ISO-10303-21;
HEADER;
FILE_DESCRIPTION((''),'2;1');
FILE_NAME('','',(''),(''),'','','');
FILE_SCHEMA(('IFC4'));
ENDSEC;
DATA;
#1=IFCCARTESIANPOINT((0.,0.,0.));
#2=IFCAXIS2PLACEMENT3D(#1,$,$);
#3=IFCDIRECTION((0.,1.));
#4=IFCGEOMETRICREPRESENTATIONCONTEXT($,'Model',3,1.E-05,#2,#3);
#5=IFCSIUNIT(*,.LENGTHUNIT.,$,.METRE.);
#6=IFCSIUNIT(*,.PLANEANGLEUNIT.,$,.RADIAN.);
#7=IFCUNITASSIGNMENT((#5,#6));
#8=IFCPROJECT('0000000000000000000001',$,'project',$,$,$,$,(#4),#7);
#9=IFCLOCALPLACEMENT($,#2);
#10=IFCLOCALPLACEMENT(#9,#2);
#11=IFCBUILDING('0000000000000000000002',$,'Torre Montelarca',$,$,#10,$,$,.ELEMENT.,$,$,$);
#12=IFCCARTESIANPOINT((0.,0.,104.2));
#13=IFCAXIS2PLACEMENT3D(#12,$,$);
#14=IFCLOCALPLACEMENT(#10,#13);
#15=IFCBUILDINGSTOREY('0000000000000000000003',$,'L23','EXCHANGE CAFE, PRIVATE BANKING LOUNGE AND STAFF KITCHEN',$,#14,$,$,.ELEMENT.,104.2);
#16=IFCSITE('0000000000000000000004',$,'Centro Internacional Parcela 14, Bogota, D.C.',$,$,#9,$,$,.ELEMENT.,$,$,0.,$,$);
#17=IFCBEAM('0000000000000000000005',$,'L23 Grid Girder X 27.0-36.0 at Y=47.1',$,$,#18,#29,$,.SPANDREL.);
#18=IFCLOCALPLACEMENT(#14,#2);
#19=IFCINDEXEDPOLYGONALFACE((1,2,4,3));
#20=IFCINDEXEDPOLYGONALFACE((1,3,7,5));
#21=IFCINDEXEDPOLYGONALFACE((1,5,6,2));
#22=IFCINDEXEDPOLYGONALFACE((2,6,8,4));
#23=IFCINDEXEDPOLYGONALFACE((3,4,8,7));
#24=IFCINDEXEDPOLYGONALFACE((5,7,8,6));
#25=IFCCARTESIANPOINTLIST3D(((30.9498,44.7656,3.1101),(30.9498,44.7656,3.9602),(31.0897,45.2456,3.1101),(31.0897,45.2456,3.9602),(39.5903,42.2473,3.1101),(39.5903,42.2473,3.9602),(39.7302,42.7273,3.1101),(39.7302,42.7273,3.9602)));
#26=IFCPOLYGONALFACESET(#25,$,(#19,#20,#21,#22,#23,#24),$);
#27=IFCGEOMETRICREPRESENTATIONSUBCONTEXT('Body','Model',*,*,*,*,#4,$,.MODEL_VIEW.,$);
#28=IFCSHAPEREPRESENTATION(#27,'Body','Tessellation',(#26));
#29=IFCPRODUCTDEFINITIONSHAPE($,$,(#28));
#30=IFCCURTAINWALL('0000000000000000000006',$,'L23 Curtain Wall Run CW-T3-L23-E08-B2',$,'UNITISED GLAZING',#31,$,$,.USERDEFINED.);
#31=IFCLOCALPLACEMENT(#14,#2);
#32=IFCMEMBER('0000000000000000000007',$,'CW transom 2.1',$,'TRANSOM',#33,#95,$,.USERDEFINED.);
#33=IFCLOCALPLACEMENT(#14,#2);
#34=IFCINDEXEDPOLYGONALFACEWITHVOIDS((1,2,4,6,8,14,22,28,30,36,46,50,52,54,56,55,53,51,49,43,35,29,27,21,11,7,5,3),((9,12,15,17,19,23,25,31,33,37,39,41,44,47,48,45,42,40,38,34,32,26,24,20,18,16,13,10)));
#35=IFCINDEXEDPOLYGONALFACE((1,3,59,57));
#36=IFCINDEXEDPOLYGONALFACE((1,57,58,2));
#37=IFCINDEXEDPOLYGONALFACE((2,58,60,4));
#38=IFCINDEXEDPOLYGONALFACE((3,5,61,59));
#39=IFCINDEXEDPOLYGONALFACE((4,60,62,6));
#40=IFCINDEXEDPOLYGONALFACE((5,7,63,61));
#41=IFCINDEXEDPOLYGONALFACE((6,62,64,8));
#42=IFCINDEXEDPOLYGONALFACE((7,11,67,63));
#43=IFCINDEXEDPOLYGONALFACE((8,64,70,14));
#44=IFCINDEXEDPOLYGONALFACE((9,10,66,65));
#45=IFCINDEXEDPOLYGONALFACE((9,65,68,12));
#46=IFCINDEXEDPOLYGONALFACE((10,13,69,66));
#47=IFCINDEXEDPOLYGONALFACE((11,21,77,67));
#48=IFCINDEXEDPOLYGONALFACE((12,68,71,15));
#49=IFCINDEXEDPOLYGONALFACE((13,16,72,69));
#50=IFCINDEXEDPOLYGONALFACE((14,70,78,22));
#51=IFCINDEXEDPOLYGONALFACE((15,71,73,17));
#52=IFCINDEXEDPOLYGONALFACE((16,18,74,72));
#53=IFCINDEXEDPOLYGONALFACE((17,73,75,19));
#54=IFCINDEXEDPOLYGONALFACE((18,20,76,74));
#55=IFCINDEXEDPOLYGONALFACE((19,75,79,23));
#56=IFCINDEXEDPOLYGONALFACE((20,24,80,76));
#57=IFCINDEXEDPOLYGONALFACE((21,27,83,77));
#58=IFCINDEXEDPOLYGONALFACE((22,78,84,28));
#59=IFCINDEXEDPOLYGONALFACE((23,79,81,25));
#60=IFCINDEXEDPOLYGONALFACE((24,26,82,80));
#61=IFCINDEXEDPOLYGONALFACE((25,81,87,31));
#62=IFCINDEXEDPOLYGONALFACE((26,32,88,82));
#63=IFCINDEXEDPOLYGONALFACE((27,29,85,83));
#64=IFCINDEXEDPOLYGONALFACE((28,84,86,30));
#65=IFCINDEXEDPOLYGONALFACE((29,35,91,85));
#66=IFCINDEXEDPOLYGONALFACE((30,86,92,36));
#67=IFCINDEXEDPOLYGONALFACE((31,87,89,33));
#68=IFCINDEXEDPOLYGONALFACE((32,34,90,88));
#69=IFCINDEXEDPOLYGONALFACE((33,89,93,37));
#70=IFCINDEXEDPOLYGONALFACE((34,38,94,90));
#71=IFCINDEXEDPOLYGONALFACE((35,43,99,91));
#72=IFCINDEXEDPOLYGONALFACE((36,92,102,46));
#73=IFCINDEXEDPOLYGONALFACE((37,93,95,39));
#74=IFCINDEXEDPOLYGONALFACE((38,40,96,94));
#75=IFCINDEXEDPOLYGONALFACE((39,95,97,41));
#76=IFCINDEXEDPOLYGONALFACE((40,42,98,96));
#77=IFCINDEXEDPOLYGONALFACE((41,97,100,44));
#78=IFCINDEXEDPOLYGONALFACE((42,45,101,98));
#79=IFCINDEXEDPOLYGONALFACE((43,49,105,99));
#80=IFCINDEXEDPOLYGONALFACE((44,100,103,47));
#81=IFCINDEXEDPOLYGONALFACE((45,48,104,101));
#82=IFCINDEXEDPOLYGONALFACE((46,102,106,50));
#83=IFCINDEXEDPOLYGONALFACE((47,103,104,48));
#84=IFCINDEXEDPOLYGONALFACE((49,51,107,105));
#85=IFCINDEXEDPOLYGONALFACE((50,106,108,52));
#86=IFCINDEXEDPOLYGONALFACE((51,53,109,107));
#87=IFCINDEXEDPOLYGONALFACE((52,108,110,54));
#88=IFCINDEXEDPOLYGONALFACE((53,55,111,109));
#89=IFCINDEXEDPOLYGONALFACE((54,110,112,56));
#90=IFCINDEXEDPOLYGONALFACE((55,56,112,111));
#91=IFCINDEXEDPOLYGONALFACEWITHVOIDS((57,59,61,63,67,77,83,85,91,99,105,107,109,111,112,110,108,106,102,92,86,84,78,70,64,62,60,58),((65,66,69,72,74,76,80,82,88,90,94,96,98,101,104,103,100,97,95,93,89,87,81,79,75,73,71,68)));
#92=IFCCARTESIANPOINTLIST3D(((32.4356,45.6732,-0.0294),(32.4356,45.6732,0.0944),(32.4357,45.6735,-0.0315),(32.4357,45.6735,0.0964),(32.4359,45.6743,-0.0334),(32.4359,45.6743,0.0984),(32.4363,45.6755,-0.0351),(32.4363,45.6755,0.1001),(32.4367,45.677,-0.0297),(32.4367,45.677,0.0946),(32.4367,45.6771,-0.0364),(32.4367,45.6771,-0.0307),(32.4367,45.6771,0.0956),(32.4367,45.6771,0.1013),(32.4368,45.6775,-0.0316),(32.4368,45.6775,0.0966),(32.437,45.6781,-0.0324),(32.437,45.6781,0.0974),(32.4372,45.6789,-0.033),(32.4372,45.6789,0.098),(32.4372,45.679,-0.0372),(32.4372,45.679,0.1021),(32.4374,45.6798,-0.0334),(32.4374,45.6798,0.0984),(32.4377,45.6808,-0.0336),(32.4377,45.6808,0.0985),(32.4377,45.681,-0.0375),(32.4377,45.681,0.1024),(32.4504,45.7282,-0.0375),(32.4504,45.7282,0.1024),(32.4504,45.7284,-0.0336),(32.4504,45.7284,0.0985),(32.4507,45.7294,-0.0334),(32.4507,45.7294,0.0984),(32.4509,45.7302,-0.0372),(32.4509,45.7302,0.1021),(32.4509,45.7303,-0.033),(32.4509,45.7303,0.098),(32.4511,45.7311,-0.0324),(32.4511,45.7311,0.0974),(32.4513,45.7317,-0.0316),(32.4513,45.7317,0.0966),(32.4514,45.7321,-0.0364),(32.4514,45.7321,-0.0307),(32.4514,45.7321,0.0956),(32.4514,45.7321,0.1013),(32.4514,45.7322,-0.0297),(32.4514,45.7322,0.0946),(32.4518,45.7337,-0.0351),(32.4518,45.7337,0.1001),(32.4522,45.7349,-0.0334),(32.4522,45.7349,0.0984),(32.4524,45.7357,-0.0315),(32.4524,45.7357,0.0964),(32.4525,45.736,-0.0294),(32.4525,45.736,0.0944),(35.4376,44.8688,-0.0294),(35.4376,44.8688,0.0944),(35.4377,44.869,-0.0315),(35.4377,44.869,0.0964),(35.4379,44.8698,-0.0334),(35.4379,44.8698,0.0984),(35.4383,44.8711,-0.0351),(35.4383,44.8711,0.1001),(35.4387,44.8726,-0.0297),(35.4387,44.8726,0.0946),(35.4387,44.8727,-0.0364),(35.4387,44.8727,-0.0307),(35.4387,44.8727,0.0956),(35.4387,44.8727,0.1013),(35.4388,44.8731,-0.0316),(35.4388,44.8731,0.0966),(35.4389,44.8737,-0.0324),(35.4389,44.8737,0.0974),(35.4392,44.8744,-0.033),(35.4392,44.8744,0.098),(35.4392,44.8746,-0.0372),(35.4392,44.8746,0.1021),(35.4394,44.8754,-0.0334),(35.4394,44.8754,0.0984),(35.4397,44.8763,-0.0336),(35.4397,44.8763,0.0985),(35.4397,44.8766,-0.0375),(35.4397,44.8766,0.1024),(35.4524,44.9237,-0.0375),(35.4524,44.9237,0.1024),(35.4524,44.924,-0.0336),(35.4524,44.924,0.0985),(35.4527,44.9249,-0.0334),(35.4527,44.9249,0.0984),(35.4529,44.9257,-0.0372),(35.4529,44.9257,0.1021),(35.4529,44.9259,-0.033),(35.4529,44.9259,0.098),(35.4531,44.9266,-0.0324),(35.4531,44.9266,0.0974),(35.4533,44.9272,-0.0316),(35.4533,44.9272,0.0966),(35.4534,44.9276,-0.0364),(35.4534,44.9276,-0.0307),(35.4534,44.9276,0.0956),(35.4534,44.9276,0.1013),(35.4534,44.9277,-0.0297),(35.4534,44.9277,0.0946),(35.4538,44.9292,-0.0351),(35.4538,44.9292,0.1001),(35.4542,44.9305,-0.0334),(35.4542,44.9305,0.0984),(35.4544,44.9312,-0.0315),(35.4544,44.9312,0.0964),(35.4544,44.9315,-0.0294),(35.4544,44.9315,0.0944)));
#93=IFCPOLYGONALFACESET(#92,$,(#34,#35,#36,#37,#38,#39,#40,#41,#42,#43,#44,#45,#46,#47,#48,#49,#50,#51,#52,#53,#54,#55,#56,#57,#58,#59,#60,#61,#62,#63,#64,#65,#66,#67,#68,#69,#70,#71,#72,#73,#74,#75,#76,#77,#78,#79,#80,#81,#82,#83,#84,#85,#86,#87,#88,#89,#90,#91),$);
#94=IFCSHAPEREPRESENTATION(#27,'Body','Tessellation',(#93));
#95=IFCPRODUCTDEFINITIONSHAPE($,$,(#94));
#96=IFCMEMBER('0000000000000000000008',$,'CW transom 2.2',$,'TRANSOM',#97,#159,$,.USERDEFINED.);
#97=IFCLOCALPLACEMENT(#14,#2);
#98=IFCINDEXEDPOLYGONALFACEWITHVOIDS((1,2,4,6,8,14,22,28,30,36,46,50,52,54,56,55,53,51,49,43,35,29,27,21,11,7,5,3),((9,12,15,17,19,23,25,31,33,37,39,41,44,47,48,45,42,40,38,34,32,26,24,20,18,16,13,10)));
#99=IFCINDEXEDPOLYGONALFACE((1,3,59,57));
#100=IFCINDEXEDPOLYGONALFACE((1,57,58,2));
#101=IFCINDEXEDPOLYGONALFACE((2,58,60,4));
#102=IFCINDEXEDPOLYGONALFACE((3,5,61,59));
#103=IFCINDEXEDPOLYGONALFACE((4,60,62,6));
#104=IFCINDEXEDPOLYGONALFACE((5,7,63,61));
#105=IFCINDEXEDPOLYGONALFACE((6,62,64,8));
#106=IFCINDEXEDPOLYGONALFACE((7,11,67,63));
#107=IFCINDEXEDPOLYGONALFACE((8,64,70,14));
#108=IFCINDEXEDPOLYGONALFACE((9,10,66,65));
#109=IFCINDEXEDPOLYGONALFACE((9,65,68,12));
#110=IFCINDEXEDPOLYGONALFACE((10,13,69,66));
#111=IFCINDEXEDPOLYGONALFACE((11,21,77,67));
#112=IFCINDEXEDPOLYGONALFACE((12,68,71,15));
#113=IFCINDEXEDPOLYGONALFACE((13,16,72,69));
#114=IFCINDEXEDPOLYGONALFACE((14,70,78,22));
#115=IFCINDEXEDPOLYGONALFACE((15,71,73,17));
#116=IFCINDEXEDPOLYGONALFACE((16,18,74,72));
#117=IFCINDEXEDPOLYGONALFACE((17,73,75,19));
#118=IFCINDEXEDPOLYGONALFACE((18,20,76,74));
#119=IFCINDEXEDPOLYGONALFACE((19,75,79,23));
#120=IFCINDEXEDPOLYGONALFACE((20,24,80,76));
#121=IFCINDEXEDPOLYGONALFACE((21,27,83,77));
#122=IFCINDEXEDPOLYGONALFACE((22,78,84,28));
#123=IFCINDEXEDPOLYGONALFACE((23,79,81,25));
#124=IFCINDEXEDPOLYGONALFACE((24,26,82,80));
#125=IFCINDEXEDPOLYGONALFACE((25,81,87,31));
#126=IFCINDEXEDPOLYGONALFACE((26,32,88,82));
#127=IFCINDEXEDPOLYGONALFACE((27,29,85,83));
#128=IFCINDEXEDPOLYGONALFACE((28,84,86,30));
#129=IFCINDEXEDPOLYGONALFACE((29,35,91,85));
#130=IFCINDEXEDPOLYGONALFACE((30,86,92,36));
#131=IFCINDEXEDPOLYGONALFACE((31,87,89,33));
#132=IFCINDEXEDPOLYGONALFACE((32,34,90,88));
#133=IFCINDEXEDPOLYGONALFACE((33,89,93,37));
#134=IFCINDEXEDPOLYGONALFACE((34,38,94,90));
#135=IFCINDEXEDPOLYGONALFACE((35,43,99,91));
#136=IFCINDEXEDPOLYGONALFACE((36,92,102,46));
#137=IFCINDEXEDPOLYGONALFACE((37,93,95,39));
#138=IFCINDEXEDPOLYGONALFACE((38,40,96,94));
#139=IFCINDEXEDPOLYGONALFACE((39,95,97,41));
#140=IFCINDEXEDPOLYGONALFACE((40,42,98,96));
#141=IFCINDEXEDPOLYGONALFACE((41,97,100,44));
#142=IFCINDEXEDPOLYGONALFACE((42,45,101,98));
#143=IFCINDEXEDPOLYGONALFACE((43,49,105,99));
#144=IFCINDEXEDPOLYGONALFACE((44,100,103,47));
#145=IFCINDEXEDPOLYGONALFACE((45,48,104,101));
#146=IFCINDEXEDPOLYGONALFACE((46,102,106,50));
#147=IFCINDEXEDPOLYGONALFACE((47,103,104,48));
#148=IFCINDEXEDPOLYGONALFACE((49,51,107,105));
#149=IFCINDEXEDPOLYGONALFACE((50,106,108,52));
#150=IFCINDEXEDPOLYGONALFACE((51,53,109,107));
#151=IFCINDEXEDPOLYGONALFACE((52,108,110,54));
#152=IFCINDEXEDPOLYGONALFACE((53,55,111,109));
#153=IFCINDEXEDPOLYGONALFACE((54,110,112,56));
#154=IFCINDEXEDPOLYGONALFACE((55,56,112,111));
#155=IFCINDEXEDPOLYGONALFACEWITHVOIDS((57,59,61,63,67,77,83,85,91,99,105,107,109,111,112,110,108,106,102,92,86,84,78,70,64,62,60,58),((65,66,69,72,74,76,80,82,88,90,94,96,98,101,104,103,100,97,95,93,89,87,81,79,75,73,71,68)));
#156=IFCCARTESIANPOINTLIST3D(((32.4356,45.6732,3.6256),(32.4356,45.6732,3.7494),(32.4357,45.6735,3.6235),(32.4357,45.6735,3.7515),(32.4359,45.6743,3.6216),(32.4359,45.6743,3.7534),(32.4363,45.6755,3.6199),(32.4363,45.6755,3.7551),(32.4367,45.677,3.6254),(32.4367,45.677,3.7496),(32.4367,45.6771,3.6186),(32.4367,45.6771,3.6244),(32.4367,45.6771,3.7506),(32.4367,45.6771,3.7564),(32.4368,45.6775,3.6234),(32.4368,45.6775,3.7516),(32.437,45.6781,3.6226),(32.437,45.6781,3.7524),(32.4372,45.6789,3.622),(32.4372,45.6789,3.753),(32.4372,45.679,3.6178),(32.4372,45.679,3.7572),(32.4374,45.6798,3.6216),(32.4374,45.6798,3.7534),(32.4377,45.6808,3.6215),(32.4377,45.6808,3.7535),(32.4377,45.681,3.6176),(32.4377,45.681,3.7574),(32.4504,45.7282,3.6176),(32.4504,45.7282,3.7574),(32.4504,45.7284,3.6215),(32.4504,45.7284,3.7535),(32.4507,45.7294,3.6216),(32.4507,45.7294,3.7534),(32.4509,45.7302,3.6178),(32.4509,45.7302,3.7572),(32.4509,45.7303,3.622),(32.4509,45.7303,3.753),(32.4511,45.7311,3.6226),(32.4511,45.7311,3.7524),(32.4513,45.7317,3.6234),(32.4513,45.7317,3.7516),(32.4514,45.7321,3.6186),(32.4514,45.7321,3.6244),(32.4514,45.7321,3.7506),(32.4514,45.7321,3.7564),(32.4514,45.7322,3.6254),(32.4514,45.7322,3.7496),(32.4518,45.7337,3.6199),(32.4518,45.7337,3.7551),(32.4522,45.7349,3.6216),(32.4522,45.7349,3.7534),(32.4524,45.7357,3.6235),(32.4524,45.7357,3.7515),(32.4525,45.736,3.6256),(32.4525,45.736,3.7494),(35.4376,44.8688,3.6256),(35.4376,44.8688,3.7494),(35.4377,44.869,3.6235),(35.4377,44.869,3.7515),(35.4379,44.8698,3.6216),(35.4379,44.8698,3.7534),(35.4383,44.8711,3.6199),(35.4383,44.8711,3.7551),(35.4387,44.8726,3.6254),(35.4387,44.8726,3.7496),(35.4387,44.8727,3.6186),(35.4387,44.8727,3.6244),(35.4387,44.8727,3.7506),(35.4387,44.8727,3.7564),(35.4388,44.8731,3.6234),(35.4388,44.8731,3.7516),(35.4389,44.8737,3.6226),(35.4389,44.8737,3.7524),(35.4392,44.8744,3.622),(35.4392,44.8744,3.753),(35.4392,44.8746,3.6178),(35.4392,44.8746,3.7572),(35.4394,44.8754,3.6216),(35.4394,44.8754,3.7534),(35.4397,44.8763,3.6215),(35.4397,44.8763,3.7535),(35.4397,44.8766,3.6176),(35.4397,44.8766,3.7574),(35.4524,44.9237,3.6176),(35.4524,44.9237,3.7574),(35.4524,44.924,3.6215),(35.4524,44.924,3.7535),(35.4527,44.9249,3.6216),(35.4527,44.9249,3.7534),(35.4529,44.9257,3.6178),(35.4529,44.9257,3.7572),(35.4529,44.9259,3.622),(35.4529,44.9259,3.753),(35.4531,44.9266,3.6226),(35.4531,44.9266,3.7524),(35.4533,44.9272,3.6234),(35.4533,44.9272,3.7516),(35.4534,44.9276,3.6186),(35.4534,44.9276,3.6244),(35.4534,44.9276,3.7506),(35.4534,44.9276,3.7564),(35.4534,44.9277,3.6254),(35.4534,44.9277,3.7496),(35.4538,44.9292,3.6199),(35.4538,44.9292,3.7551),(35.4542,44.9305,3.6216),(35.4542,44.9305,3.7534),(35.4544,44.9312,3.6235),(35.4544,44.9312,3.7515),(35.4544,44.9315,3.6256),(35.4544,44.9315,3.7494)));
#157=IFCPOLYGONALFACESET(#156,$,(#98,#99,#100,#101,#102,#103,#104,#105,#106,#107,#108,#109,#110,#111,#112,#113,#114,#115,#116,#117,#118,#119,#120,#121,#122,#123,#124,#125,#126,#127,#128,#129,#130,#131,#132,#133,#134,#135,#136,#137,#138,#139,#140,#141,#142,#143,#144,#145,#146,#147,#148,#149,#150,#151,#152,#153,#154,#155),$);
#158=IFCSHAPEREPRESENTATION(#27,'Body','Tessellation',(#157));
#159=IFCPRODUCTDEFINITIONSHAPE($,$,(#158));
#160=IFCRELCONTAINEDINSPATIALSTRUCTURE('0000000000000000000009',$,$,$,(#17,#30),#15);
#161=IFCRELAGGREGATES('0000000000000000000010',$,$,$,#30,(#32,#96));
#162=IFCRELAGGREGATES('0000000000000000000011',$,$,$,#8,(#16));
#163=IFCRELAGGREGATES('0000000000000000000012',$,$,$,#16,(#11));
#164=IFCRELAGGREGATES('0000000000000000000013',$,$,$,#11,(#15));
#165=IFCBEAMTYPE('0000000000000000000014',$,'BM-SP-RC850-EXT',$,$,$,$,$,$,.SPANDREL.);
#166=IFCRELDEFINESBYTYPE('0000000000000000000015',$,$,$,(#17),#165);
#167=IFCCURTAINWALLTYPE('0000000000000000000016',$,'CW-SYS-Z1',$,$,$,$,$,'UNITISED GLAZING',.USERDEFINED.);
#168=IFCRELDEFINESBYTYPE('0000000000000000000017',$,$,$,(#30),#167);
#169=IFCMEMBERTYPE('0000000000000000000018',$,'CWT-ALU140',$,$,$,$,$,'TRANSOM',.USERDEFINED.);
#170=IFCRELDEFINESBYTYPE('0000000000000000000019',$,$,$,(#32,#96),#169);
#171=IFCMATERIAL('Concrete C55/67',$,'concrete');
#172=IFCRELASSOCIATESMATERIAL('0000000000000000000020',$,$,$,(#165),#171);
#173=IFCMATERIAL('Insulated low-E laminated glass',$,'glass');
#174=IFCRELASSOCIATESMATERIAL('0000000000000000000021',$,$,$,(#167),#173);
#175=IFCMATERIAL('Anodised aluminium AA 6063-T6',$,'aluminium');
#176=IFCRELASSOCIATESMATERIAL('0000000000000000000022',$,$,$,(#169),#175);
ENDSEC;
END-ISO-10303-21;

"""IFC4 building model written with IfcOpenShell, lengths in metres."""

from ifc_helpers import new_model, si_unit, direction, frame, origin, origin_2d, place, context, subcontext, project, spatial, rectangle, hollow_rectangle, extrude, source, transform, mapped, material, material_profile, profile_set, type_object, element, aggregate, save


model = new_model("IFC4")

# Units and contexts
model_context = context("Model", 3, precision=1e-05, world=origin(), true_north=direction((0.0, 1.0)))
body_context = subcontext(model_context, "Body", "Model", "MODEL_VIEW")
ifc_project = project(units=[si_unit("LENGTHUNIT", "METRE"), si_unit("PLANEANGLEUNIT", "RADIAN")], contexts=[model_context])

# Site, building, storey
site_placement = place(None, origin())
site = spatial("IfcSite", under=ifc_project, at=site_placement, Name="Centro Internacional Parcela 14, Bogota, D.C.", CompositionType="ELEMENT", RefElevation=0.0)
building_placement = place(site_placement, origin())
building = spatial("IfcBuilding", under=site, at=building_placement, Name="Torre Montelarca", CompositionType="ELEMENT")
storey_placement = place(building_placement, frame((0.0, 0.0, 104.2)))
storey = spatial("IfcBuildingStorey", under=building, at=storey_placement, Name="L23", Description="EXCHANGE CAFE, PRIVATE BANKING LOUNGE AND STAFF KITCHEN", CompositionType="ELEMENT", Elevation=104.2)

# Beam
ifc_material_1 = material(Name="Concrete C55/67", Category="concrete")
ifc_material_profile_1 = material_profile(ifc_material_1, rectangle(XDim=0.5, YDim=0.8501, at=origin_2d()), Name="RCB500X850", Category="concrete")
ifc_profile_set_1 = profile_set([ifc_material_profile_1], Name="Concrete C55/67")
beam_type = type_object("IfcBeamType", Name="BM-SP-RC850-EXT", PredefinedType="SPANDREL", material=ifc_profile_set_1)
shared_shape_1 = source(origin(), body_context, "Body", "SweptSolid", [
    extrude(rectangle(XDim=0.5, YDim=0.8501, at=origin_2d()), origin(), (0.0, 0.0, 1.0), 9.0),
])
beam_placement = place(storey_placement, frame((31.0198, 45.0056, 3.5352), z_axis=(0.960054, -0.279816, 0.0), x_axis=(0.279816, 0.960054, 0.0)))
element("IfcBeam", 1, at=beam_placement, inside=storey, type_object=beam_type, Name="L23 Grid Girder X 27.0-36.0 at Y=47.1", PredefinedType="SPANDREL", context=body_context, shape_type="MappedRepresentation", body=[
    mapped(shared_shape_1, transform((0.0, 0.0, 0.0), scale=1.0)),
])

# Curtain wall, members
ifc_material_2 = material(Name="Insulated low-E laminated glass", Category="glass")
curtain_wall_type = type_object("IfcCurtainWallType", Name="CW-SYS-Z1", ElementType="UNITISED GLAZING", PredefinedType="USERDEFINED", material=ifc_material_2)
curtain_wall_1_placement = place(storey_placement, origin())
curtain_wall_1 = element("IfcCurtainWall", 2, at=curtain_wall_1_placement, inside=storey, type_object=curtain_wall_type, Name="L23 Curtain Wall Run CW-T3-L23-E08-B2", ObjectType="UNITISED GLAZING", PredefinedType="USERDEFINED")
ifc_material_3 = material(Name="Anodised aluminium AA 6063-T6", Category="aluminium")
ifc_material_profile_2 = material_profile(ifc_material_3, hollow_rectangle(XDim=0.0649, YDim=0.1399, WallThickness=0.0039, InnerFilletRadius=0.0039, OuterFilletRadius=0.0081, at=origin_2d()), Name="ALU65X140X4", Category="aluminium")
ifc_profile_set_2 = profile_set([ifc_material_profile_2], Name="Anodised aluminium AA 6063-T6")
member_type_1 = type_object("IfcMemberType", Name="CWT-ALU140", ElementType="TRANSOM", PredefinedType="USERDEFINED", material=ifc_profile_set_2)
shared_shape_2 = source(origin(), body_context, "Body", "SweptSolid", [
    extrude(hollow_rectangle(XDim=0.0649, YDim=0.1399, WallThickness=0.0039, InnerFilletRadius=0.0039, OuterFilletRadius=0.0081, at=origin_2d()), origin(), (0.0, 0.0, 1.0), 3.1079),
])
member_1_placement = place(storey_placement, frame((35.446, 44.9001, 0.0325), z_axis=(-0.96592, 0.258841, 0.0), x_axis=(-0.258841, -0.96592, 0.0)))
member_1 = element("IfcMember", 3, at=member_1_placement, type_object=member_type_1, Name="CW transom 2.1", ObjectType="TRANSOM", PredefinedType="USERDEFINED", context=body_context, shape_type="MappedRepresentation", body=[
    mapped(shared_shape_2, transform((0.0, 0.0, 0.0), scale=1.0)),
])
member_2_placement = place(storey_placement, frame((35.446, 44.9001, 3.6875), z_axis=(-0.96592, 0.258841, 0.0), x_axis=(-0.258841, -0.96592, 0.0)))
member_2 = element("IfcMember", 4, at=member_2_placement, type_object=member_type_1, Name="CW transom 2.2", ObjectType="TRANSOM", PredefinedType="USERDEFINED", context=body_context, shape_type="MappedRepresentation", body=[
    mapped(shared_shape_2, transform((0.0, 0.0, 0.0), scale=1.0)),
])

aggregate(curtain_wall_1, [member_1, member_2])

save(model, "model.ifc")
